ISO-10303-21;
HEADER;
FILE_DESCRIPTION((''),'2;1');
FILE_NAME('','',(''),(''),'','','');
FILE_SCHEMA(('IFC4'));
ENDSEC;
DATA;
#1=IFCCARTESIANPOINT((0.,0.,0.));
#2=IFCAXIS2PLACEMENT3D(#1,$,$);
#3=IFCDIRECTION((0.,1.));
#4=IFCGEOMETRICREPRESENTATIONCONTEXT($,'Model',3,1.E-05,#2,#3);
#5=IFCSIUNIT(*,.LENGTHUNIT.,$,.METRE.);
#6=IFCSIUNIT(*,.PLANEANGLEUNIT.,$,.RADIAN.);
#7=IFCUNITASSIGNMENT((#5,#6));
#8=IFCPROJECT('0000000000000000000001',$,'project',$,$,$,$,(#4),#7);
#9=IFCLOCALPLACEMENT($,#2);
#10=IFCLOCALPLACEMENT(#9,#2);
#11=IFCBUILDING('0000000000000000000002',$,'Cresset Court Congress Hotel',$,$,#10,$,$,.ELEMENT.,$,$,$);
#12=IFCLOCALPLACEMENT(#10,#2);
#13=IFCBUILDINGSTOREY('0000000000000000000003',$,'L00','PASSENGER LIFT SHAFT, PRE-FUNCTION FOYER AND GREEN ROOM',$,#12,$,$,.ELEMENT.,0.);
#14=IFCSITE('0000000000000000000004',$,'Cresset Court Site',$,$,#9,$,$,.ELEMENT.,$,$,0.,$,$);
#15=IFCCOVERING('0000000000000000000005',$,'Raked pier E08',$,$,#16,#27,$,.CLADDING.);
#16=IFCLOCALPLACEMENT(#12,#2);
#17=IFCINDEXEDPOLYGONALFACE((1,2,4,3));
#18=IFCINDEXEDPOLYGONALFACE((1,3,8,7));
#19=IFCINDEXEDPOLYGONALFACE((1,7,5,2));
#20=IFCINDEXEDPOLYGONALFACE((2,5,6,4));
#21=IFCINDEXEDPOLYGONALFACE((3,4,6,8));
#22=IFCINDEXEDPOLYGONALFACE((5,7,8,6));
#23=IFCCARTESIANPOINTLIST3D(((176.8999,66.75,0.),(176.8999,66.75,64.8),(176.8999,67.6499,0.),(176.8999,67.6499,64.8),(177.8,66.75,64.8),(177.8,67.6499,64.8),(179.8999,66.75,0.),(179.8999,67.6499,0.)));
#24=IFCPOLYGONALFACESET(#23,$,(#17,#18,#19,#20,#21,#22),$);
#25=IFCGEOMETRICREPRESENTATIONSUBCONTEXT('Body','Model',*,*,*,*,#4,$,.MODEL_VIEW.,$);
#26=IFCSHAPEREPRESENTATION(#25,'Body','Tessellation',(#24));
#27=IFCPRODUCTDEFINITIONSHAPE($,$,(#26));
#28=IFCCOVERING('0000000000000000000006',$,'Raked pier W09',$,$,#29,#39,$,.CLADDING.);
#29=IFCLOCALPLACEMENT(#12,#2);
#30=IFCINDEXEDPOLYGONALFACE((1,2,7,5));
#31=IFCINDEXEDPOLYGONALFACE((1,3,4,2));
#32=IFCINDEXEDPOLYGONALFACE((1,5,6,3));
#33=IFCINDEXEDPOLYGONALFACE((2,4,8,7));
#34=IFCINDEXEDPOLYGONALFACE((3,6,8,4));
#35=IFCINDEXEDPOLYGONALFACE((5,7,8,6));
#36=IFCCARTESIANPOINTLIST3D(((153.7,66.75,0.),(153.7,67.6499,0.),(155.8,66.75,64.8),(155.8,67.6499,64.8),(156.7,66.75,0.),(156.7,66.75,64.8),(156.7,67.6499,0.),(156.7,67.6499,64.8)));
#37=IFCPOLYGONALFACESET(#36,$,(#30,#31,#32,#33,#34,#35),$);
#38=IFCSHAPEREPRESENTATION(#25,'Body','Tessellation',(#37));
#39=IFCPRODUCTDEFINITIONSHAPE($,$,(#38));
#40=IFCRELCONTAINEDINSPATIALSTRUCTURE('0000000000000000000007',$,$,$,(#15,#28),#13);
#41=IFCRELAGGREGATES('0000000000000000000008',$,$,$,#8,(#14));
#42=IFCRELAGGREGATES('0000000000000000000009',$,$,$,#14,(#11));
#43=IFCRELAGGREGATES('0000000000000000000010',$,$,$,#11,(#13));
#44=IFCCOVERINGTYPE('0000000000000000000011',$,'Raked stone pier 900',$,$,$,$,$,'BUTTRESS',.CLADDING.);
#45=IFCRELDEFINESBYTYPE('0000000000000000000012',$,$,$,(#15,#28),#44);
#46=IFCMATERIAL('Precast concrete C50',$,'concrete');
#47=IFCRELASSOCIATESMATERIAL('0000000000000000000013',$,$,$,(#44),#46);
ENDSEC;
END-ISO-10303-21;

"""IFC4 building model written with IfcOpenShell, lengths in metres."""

from ifc_helpers import new_model, si_unit, direction, frame, origin, place, context, subcontext, project, spatial, polyline, outline, extrude, material, type_object, element, save


model = new_model("IFC4")

# Units and contexts
model_context = context("Model", 3, precision=1e-05, world=origin(), true_north=direction((0.0, 1.0)))
body_context = subcontext(model_context, "Body", "Model", "MODEL_VIEW")
ifc_project = project(units=[si_unit("LENGTHUNIT", "METRE"), si_unit("PLANEANGLEUNIT", "RADIAN")], contexts=[model_context])

# Site, building, storey
site_placement = place(None, origin())
site = spatial("IfcSite", under=ifc_project, at=site_placement, Name="Cresset Court Site", CompositionType="ELEMENT", RefElevation=0.0)
building_placement = place(site_placement, origin())
building = spatial("IfcBuilding", under=site, at=building_placement, Name="Cresset Court Congress Hotel", CompositionType="ELEMENT")
storey_placement = place(building_placement, origin())
storey = spatial("IfcBuildingStorey", under=building, at=storey_placement, Name="L00", Description="PASSENGER LIFT SHAFT, PRE-FUNCTION FOYER AND GREEN ROOM", CompositionType="ELEMENT", Elevation=0.0)

# Coverings
ifc_material_1 = material(Name="Precast concrete C50", Category="concrete")
covering_type_1 = type_object("IfcCoveringType", Name="Raked stone pier 900", ElementType="BUTTRESS", PredefinedType="CLADDING", material=ifc_material_1)
covering_1_placement = place(storey_placement, frame((0.0, 67.2, 0.0)))
element("IfcCovering", 1, at=covering_1_placement, inside=storey, type_object=covering_type_1, Name="Raked pier E08", PredefinedType="CLADDING", context=body_context, shape_type="SweptSolid", body=[
    extrude(outline(polyline([(176.8999, 0.0), (179.8999, 0.0), (177.8, 64.8), (176.8999, 64.8), (176.8999, 0.0)])), frame((0.0, 0.45, 0.0), z_axis=(0.0, -1.0, 0.0), x_axis=(1.0, 0.0, 0.0)), (0.0, 0.0, 1.0), 0.8999),
])
covering_2_placement = place(storey_placement, frame((0.0, 67.2, 0.0)))
element("IfcCovering", 2, at=covering_2_placement, inside=storey, type_object=covering_type_1, Name="Raked pier W09", PredefinedType="CLADDING", context=body_context, shape_type="SweptSolid", body=[
    extrude(outline(polyline([(156.7, 64.8), (155.8, 64.8), (153.7, 0.0), (156.7, 0.0), (156.7, 64.8)])), frame((0.0, 0.45, 0.0), z_axis=(0.0, -1.0, 0.0), x_axis=(1.0, 0.0, 0.0)), (0.0, 0.0, 1.0), 0.8999),
])

save(model, "model.ifc")
